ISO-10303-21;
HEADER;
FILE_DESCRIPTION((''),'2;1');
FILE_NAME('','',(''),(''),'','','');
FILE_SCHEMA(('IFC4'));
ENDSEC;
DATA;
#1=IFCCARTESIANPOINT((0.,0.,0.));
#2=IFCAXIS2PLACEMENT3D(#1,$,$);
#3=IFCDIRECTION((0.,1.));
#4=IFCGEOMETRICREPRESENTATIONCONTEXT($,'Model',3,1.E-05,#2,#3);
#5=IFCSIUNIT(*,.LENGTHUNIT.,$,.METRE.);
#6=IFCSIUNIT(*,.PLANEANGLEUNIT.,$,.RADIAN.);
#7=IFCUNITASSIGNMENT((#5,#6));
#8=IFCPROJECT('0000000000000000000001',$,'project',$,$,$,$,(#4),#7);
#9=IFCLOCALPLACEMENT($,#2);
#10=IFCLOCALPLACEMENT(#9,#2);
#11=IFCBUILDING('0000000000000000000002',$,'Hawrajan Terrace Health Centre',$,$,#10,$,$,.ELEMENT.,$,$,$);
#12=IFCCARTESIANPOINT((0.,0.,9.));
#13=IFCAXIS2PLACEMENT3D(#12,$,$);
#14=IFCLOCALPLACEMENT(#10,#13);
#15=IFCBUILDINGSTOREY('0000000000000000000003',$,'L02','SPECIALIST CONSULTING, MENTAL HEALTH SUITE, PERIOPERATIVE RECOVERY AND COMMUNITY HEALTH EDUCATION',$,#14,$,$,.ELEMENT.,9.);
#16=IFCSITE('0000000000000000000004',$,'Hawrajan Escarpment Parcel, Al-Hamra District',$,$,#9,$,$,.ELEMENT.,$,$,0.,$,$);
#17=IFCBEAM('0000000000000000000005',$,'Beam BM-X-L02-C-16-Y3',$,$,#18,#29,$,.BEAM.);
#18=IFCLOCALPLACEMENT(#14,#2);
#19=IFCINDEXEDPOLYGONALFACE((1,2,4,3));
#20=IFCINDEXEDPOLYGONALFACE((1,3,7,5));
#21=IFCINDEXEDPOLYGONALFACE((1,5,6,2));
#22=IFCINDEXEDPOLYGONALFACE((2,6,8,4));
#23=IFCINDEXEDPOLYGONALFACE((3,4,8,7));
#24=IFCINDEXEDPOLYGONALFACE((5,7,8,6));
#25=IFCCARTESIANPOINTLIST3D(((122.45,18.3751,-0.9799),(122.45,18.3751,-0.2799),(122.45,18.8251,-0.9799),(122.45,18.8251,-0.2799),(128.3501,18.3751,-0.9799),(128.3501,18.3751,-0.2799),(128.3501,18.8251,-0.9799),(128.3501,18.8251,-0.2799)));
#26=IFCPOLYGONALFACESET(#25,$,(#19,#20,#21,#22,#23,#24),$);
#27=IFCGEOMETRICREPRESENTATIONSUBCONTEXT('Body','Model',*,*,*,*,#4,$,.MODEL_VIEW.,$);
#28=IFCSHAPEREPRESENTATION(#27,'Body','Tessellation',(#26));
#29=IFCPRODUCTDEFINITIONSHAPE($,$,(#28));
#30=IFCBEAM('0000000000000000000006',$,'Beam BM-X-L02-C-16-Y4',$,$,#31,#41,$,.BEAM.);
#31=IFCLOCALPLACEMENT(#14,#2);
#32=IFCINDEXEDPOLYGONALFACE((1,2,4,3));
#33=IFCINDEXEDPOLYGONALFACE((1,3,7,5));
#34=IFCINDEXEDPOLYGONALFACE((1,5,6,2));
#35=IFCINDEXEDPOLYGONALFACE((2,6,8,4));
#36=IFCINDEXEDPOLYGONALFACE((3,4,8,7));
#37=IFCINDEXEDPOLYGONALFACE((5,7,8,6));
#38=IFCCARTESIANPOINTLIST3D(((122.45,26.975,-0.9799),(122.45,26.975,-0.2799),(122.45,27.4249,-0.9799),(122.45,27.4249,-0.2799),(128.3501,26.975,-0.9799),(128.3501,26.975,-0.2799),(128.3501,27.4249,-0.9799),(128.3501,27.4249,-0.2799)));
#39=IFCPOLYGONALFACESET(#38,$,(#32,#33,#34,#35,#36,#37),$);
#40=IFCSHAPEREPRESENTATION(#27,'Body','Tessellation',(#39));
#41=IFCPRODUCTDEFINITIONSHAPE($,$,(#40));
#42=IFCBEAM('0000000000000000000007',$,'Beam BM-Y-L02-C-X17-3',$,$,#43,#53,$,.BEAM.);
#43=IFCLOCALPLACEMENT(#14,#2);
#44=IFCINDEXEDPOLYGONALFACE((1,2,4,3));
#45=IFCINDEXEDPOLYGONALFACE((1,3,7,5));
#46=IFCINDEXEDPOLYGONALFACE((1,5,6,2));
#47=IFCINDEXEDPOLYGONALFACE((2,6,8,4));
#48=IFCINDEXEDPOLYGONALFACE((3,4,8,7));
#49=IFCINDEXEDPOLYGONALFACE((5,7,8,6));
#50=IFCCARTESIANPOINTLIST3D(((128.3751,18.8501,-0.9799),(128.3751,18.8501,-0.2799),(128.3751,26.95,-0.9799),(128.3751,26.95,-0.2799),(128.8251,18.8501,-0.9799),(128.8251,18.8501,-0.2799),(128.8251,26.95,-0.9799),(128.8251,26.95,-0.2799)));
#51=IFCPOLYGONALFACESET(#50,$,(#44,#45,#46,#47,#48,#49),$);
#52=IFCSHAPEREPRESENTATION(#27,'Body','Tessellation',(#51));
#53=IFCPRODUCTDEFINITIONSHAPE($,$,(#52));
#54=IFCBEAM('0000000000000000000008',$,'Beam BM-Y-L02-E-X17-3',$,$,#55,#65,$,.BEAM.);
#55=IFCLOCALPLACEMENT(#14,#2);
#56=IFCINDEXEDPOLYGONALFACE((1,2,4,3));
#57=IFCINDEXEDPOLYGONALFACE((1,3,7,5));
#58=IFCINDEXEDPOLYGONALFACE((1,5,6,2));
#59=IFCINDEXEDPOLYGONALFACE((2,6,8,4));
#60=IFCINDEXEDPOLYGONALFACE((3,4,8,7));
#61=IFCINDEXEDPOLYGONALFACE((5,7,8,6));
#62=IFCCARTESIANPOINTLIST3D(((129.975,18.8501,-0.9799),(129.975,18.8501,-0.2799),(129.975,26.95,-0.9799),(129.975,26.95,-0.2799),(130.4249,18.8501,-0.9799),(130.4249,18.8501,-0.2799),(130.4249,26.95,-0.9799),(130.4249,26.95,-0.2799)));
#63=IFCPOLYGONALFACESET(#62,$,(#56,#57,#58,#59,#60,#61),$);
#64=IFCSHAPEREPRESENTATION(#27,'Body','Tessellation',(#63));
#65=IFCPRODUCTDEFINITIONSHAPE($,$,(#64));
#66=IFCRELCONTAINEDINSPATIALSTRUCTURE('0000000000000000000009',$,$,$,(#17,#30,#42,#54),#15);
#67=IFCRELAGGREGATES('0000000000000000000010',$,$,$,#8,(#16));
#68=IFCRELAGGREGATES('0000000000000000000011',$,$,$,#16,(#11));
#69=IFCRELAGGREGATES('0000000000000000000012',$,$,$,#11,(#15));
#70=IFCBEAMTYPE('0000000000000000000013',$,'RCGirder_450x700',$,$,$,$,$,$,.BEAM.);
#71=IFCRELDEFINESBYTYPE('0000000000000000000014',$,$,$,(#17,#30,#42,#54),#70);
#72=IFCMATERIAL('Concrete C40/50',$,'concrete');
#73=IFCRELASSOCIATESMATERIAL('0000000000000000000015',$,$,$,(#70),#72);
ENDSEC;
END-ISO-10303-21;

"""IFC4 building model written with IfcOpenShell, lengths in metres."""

from ifc_helpers import new_model, si_unit, direction, frame, origin, origin_2d, place, context, subcontext, project, spatial, rectangle, extrude, material, material_profile, profile_set, type_object, element, save


model = new_model("IFC4")

# Units and contexts
model_context = context("Model", 3, precision=1e-05, world=origin(), true_north=direction((0.0, 1.0)))
body_context = subcontext(model_context, "Body", "Model", "MODEL_VIEW")
ifc_project = project(units=[si_unit("LENGTHUNIT", "METRE"), si_unit("PLANEANGLEUNIT", "RADIAN")], contexts=[model_context])

# Site, building, storey
site_placement = place(None, origin())
site = spatial("IfcSite", under=ifc_project, at=site_placement, Name="Hawrajan Escarpment Parcel, Al-Hamra District", CompositionType="ELEMENT", RefElevation=0.0)
building_placement = place(site_placement, origin())
building = spatial("IfcBuilding", under=site, at=building_placement, Name="Hawrajan Terrace Health Centre", CompositionType="ELEMENT")
storey_placement = place(building_placement, frame((0.0, 0.0, 9.0)))
storey = spatial("IfcBuildingStorey", under=building, at=storey_placement, Name="L02", Description="SPECIALIST CONSULTING, MENTAL HEALTH SUITE, PERIOPERATIVE RECOVERY AND COMMUNITY HEALTH EDUCATION", CompositionType="ELEMENT", Elevation=9.0)

# Beams
ifc_material_1 = material(Name="Concrete C40/50", Category="concrete")
ifc_material_profile_1 = material_profile(ifc_material_1, rectangle(XDim=0.45, YDim=0.7, at=origin_2d()), Name="RC BM 450x700")
ifc_profile_set_1 = profile_set([ifc_material_profile_1], Name="Concrete C40/50")
beam_type_1 = type_object("IfcBeamType", Name="RCGirder_450x700", PredefinedType="BEAM", material=ifc_profile_set_1)
for number, where, z_axis, x_axis, name in (
    (1, (122.45, 18.6001, -0.6299), (1.0, 0.0, 0.0), (0.0, 1.0, 0.0), "Beam BM-X-L02-C-16-Y3"),
    (2, (122.45, 27.2, -0.6299), (1.0, 0.0, 0.0), (0.0, 1.0, 0.0), "Beam BM-X-L02-C-16-Y4"),
):
    element("IfcBeam", number, at=place(storey_placement, frame(where, z_axis=z_axis, x_axis=x_axis)), inside=storey, type_object=beam_type_1, Name=name, PredefinedType="BEAM", context=body_context, shape_type="SweptSolid", body=[
        extrude(rectangle(XDim=0.45, YDim=0.7, at=origin_2d()), origin(), (0.0, 0.0, 1.0), 5.9001),
    ])
for number, where, z_axis, x_axis, name in (
    (3, (128.6001, 18.8501, -0.6299), (0.0, 1.0, 0.0), (-1.0, 0.0, 0.0), "Beam BM-Y-L02-C-X17-3"),
    (4, (130.2, 18.8501, -0.6299), (0.0, 1.0, 0.0), (-1.0, 0.0, 0.0), "Beam BM-Y-L02-E-X17-3"),
):
    element("IfcBeam", number, at=place(storey_placement, frame(where, z_axis=z_axis, x_axis=x_axis)), inside=storey, type_object=beam_type_1, Name=name, PredefinedType="BEAM", context=body_context, shape_type="SweptSolid", body=[
        extrude(rectangle(XDim=0.45, YDim=0.7, at=origin_2d()), origin(), (0.0, 0.0, 1.0), 8.0999),
    ])

save(model, "model.ifc")
